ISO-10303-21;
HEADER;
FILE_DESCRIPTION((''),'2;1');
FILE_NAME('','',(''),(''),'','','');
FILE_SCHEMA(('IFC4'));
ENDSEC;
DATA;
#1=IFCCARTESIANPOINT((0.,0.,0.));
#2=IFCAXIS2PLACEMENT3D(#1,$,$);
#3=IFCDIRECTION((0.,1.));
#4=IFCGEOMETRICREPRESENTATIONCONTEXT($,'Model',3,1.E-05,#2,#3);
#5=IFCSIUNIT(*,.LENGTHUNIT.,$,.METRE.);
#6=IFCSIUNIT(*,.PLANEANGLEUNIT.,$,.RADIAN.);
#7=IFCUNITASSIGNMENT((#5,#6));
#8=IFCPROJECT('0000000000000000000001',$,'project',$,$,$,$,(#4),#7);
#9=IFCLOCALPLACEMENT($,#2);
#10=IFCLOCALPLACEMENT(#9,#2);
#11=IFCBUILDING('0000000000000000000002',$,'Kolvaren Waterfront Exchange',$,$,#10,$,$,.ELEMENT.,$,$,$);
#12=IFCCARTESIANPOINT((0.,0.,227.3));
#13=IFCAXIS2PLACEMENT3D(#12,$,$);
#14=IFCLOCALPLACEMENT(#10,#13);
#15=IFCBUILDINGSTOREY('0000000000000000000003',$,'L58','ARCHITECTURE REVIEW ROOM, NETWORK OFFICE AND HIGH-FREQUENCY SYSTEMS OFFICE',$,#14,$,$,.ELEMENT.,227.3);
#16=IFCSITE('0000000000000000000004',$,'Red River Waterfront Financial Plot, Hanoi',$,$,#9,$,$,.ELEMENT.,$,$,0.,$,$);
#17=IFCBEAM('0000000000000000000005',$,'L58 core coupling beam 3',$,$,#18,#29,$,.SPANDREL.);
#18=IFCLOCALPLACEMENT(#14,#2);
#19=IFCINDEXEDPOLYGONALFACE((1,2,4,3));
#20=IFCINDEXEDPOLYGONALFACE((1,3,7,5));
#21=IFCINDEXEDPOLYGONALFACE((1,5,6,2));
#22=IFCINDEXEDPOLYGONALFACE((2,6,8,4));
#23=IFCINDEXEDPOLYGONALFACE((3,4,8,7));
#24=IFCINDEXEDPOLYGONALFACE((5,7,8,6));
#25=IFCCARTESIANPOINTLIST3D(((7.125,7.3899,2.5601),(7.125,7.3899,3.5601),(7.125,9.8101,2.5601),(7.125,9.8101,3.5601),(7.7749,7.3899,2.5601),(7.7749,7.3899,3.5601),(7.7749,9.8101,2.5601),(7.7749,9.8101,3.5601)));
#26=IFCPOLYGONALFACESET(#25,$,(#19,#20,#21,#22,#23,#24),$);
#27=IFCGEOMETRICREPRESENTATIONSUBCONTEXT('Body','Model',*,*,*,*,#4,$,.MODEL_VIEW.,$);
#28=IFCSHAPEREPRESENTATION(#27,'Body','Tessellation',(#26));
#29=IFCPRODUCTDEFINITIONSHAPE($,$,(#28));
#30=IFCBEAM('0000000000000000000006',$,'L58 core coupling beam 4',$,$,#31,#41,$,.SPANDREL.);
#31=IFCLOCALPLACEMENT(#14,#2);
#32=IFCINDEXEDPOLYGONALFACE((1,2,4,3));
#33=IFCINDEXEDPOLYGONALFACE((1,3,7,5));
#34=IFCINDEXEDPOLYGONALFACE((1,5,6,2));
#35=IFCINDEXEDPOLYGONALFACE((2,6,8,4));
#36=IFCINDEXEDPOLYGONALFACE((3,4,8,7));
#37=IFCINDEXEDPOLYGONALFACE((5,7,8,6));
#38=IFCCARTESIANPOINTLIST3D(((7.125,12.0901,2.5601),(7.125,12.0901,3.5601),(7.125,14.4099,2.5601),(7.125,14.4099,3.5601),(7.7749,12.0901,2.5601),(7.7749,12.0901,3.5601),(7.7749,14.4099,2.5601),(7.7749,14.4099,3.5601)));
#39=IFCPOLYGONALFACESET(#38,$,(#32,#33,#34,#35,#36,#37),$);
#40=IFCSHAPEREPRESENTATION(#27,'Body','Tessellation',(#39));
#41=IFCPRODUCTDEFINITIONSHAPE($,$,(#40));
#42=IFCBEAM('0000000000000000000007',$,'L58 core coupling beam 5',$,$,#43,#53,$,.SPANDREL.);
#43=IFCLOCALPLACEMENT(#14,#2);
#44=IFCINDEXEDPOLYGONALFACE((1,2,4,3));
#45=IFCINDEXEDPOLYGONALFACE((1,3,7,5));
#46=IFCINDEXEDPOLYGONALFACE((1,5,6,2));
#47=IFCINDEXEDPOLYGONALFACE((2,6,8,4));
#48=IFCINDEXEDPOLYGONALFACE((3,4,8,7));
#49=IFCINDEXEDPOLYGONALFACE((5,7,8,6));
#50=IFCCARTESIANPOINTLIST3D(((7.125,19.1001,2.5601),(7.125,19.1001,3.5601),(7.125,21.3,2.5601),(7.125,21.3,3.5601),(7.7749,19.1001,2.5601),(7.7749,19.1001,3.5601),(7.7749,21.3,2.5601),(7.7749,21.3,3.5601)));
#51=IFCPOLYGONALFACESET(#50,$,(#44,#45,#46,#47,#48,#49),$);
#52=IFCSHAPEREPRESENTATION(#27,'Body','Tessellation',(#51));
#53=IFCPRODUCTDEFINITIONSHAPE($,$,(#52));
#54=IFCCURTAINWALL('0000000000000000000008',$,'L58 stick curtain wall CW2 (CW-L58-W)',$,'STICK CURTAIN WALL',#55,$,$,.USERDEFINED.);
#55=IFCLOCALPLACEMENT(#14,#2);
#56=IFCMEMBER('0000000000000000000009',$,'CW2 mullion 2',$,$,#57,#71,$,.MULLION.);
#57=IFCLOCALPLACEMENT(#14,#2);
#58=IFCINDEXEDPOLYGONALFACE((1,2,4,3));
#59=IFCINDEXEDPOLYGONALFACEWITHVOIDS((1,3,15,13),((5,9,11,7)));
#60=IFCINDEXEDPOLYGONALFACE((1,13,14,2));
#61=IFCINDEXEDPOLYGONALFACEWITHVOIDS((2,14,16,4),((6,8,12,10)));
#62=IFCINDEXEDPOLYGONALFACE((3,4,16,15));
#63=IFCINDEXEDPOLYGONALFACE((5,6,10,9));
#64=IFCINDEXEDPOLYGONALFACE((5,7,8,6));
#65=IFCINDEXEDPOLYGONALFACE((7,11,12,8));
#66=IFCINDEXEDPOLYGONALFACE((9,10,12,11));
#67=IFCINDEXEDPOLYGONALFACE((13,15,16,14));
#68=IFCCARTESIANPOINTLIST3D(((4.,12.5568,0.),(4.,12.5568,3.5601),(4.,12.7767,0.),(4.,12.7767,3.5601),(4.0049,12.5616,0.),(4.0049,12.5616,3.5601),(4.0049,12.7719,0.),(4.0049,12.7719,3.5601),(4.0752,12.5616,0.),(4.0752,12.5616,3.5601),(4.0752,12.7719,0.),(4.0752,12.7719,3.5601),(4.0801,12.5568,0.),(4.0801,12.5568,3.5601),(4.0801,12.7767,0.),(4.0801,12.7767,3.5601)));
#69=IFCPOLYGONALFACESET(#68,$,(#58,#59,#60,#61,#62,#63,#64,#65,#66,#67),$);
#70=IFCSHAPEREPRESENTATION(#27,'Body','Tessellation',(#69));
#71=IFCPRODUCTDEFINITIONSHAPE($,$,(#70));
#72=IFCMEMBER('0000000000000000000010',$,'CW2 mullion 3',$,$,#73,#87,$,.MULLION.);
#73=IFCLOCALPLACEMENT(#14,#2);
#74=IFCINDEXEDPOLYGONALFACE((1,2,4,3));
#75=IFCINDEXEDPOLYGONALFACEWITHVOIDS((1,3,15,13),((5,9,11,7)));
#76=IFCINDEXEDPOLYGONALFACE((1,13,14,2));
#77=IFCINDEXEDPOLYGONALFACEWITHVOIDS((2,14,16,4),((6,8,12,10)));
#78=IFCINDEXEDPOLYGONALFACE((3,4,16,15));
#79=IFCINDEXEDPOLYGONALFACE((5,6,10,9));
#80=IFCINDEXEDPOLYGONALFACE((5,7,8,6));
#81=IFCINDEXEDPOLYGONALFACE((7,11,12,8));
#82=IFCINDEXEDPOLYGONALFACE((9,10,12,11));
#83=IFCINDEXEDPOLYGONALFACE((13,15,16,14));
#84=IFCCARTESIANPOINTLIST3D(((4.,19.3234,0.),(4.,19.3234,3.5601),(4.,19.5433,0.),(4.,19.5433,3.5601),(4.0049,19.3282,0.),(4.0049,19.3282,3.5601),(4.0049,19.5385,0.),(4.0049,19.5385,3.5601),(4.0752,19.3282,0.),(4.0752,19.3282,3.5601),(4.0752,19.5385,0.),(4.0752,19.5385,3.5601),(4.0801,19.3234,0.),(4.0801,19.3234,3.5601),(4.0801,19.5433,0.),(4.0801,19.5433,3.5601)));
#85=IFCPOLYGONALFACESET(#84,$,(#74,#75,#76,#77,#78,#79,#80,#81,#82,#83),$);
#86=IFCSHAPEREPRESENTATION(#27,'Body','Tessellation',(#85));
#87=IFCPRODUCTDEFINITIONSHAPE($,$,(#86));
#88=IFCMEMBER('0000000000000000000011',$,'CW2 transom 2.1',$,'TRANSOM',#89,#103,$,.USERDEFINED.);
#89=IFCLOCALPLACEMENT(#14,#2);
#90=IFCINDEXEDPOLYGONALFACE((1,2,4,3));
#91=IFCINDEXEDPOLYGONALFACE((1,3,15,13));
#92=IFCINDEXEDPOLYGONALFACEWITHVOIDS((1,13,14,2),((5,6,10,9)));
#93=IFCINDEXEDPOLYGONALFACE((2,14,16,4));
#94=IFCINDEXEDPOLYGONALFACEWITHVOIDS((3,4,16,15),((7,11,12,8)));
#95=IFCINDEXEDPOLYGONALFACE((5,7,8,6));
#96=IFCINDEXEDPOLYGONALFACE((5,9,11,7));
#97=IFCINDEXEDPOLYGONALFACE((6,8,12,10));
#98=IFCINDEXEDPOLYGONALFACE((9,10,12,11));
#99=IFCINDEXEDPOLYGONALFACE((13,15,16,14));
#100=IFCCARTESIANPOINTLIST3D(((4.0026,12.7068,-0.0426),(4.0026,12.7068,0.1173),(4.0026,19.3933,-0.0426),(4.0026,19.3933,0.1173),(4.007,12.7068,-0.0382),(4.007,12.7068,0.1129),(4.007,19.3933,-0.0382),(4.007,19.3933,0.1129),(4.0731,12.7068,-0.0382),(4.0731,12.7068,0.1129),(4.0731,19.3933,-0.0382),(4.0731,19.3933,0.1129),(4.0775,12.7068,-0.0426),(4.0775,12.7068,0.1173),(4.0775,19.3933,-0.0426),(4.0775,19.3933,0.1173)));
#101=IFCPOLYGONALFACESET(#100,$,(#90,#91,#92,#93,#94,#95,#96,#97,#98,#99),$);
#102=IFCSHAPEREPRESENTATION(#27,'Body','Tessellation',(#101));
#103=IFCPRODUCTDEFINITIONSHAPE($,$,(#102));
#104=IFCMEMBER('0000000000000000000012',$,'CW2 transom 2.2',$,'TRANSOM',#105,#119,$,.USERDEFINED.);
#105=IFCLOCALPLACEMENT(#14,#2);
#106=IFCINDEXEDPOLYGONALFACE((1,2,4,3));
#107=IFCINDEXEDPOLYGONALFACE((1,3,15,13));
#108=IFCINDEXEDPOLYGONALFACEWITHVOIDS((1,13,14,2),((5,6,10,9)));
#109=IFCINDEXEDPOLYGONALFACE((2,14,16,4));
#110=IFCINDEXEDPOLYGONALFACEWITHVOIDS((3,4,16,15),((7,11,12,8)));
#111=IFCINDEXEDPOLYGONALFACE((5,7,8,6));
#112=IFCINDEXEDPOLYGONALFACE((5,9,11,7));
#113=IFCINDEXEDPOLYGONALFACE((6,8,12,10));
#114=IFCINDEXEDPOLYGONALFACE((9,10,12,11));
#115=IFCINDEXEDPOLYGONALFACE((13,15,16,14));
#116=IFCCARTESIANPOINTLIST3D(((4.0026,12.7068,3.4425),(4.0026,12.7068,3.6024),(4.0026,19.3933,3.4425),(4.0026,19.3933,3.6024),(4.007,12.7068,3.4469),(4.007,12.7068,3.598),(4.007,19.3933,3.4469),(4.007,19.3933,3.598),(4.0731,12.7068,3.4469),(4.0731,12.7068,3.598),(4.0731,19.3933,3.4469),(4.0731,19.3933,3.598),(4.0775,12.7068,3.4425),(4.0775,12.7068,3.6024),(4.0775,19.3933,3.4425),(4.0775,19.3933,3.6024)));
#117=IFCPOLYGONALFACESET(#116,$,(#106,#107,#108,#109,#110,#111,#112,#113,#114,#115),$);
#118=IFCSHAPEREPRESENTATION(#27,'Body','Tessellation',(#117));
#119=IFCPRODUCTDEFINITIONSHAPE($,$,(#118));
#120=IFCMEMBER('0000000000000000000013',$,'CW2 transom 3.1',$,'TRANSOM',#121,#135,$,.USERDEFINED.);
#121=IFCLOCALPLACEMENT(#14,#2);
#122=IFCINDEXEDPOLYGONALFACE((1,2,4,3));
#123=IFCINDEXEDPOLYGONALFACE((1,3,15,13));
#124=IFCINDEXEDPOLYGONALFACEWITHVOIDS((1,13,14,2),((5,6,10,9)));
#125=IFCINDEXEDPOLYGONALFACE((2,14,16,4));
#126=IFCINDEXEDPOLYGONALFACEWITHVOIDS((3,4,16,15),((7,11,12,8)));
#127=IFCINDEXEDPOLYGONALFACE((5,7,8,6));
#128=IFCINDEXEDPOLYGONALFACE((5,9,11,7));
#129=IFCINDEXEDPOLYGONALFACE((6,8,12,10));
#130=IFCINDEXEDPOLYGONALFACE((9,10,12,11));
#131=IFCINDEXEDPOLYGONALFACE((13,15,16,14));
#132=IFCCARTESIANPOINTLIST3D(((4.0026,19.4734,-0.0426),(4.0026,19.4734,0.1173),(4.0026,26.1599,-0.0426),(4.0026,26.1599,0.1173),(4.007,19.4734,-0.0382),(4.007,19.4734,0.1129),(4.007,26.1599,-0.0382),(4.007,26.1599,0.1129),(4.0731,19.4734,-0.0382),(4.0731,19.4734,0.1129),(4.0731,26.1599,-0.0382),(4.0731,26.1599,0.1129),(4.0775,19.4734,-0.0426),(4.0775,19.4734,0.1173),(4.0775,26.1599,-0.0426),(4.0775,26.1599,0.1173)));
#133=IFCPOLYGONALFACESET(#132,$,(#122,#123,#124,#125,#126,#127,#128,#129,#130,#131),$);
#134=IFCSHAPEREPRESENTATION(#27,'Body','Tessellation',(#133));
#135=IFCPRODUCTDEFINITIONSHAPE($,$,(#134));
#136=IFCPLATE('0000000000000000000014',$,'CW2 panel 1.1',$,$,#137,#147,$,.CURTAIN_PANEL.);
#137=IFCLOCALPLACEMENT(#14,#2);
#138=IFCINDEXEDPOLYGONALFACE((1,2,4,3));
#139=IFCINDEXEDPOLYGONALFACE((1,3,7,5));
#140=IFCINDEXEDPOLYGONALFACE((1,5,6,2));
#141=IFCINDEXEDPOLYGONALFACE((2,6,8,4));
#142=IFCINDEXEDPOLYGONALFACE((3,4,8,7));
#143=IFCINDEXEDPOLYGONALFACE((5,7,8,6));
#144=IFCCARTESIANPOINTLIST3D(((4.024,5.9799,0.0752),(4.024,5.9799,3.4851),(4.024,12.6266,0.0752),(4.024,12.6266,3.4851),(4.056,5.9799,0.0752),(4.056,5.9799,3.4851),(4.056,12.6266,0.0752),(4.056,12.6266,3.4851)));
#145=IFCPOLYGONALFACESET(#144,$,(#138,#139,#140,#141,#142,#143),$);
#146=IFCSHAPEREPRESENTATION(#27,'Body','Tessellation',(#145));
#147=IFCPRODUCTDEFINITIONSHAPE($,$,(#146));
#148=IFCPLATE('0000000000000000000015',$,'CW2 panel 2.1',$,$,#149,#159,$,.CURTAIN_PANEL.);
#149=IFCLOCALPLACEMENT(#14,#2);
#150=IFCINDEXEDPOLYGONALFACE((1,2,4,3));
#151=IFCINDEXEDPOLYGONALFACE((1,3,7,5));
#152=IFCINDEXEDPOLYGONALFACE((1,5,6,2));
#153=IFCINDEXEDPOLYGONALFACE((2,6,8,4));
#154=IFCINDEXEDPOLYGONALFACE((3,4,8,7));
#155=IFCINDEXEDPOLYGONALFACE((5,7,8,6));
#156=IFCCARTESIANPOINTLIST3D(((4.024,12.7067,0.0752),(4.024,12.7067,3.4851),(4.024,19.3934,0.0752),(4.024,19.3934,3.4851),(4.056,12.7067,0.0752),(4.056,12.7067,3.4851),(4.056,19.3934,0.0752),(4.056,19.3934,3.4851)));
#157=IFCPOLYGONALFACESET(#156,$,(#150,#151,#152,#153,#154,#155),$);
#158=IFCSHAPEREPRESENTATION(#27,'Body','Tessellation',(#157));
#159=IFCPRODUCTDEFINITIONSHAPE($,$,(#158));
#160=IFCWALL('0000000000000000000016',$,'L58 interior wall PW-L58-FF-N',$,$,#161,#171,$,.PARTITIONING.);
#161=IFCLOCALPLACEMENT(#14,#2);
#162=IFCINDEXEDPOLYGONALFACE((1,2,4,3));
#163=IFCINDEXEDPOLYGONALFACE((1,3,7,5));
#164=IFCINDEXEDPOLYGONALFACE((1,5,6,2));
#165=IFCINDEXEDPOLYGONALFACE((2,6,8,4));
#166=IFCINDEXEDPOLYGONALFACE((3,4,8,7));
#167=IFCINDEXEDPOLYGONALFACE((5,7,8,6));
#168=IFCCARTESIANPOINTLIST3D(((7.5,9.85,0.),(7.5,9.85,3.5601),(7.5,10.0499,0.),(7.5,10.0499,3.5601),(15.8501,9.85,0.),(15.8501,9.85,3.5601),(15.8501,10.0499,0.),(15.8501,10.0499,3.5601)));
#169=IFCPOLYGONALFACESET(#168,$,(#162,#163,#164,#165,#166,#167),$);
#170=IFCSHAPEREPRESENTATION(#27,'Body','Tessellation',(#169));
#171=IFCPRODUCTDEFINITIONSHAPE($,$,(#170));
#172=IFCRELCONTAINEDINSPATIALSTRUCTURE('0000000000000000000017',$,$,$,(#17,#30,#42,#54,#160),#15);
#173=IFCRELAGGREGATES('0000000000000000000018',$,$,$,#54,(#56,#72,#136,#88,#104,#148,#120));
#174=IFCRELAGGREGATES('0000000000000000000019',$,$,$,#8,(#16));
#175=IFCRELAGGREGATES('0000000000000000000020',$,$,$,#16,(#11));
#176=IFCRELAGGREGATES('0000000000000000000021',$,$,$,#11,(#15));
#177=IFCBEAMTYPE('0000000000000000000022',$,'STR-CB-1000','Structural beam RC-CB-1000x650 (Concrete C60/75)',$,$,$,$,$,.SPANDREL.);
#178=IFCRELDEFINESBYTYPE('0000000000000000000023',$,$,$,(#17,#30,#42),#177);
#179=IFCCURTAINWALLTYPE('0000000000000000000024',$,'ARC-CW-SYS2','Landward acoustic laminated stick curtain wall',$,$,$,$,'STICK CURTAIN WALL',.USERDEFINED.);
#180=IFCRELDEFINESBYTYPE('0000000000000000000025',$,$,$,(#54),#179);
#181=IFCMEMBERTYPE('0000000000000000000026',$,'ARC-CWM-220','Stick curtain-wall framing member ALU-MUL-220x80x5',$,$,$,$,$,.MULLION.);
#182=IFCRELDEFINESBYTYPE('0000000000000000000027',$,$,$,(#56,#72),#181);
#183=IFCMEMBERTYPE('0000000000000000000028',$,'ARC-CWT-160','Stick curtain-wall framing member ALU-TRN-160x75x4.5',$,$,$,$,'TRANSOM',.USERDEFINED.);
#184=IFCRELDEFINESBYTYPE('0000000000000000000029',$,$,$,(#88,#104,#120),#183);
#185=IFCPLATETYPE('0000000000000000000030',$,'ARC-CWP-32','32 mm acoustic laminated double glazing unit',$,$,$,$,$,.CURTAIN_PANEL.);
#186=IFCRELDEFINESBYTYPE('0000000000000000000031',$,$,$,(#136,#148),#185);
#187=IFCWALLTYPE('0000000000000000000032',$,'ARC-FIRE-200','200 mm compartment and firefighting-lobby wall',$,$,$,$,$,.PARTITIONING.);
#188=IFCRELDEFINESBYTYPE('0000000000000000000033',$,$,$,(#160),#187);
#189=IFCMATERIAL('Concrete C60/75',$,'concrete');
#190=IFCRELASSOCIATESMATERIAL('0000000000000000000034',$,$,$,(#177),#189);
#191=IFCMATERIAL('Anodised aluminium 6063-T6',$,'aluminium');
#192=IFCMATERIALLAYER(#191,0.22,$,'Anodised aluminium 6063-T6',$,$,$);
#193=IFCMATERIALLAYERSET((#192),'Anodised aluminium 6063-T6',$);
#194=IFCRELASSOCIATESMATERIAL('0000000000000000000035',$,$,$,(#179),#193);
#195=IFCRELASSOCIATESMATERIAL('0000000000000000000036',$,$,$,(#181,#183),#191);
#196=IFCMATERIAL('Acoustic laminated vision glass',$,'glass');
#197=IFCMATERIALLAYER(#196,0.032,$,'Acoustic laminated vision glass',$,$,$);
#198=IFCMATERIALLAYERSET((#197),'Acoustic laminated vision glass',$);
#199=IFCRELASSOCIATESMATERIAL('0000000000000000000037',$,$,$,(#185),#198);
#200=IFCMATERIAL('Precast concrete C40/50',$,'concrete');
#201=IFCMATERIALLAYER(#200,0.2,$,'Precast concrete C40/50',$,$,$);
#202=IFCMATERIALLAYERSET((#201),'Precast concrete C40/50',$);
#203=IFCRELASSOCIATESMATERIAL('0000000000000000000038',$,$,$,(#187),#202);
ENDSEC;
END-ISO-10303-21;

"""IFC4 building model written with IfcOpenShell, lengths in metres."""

from ifc_helpers import new_model, si_unit, direction, frame, frame_2d, origin, origin_with_axes, origin_2d, place, context, subcontext, project, spatial, rectangle, hollow_rectangle, extrude, source, transform, mapped, material, layer, layer_set, material_profile, profile_set, type_object, element, aggregate, save


model = new_model("IFC4")

# Units and contexts
model_context = context("Model", 3, precision=1e-05, world=origin(), true_north=direction((0.0, 1.0)))
body_context = subcontext(model_context, "Body", "Model", "MODEL_VIEW")
ifc_project = project(units=[si_unit("LENGTHUNIT", "METRE"), si_unit("PLANEANGLEUNIT", "RADIAN")], contexts=[model_context])

# Site, building, storey
site_placement = place(None, origin())
site = spatial("IfcSite", under=ifc_project, at=site_placement, Name="Red River Waterfront Financial Plot, Hanoi", CompositionType="ELEMENT", RefElevation=0.0)
building_placement = place(site_placement, origin())
building = spatial("IfcBuilding", under=site, at=building_placement, Name="Kolvaren Waterfront Exchange", CompositionType="ELEMENT")
storey_placement = place(building_placement, frame((0.0, 0.0, 227.3)))
storey = spatial("IfcBuildingStorey", under=building, at=storey_placement, Name="L58", Description="ARCHITECTURE REVIEW ROOM, NETWORK OFFICE AND HIGH-FREQUENCY SYSTEMS OFFICE", CompositionType="ELEMENT", Elevation=227.3)

# Beams
ifc_material_1 = material(Name="Concrete C60/75", Category="concrete")
ifc_material_profile_1 = material_profile(ifc_material_1, rectangle(XDim=0.6499, YDim=1.0, at=origin_2d()), Name="RC-CB-1000x650")
ifc_profile_set_1 = profile_set([ifc_material_profile_1], Name="Concrete C60/75")
beam_type = type_object("IfcBeamType", Name="STR-CB-1000", Description="Structural beam RC-CB-1000x650 (Concrete C60/75)", PredefinedType="SPANDREL", material=ifc_profile_set_1)
beam_1_placement = place(storey_placement, frame((7.45, 7.3899, 3.0601), z_axis=(0.0, 1.0, 0.0), x_axis=(-1.0, 0.0, 0.0)))
element("IfcBeam", 1, at=beam_1_placement, inside=storey, type_object=beam_type, Name="L58 core coupling beam 3", PredefinedType="SPANDREL", context=body_context, shape_type="SweptSolid", body=[
    extrude(rectangle(XDim=0.6499, YDim=1.0, at=origin_2d()), origin(), (0.0, 0.0, 1.0), 2.4202),
])
beam_2_placement = place(storey_placement, frame((7.45, 12.0901, 3.0601), z_axis=(0.0, 1.0, 0.0), x_axis=(-1.0, 0.0, 0.0)))
element("IfcBeam", 2, at=beam_2_placement, inside=storey, type_object=beam_type, Name="L58 core coupling beam 4", PredefinedType="SPANDREL", context=body_context, shape_type="SweptSolid", body=[
    extrude(rectangle(XDim=0.6499, YDim=1.0, at=origin_2d()), origin(), (0.0, 0.0, 1.0), 2.3198),
])
beam_3_placement = place(storey_placement, frame((7.45, 19.1001, 3.0601), z_axis=(0.0, 1.0, 0.0), x_axis=(-1.0, 0.0, 0.0)))
element("IfcBeam", 3, at=beam_3_placement, inside=storey, type_object=beam_type, Name="L58 core coupling beam 5", PredefinedType="SPANDREL", context=body_context, shape_type="SweptSolid", body=[
    extrude(rectangle(XDim=0.6499, YDim=1.0, at=origin_2d()), origin(), (0.0, 0.0, 1.0), 2.2),
])

# Curtain wall, members, plates
ifc_material_2 = material(Name="Anodised aluminium 6063-T6", Category="aluminium")
ifc_layer_1 = layer(ifc_material_2, 0.22, Name="Anodised aluminium 6063-T6")
ifc_layer_set_1 = layer_set([ifc_layer_1], Name="Anodised aluminium 6063-T6")
curtain_wall_type = type_object("IfcCurtainWallType", Name="ARC-CW-SYS2", Description="Landward acoustic laminated stick curtain wall", ElementType="STICK CURTAIN WALL", PredefinedType="USERDEFINED", material=ifc_layer_set_1)
curtain_wall_placement = place(storey_placement, origin())
curtain_wall = element("IfcCurtainWall", 4, at=curtain_wall_placement, inside=storey, type_object=curtain_wall_type, Name="L58 stick curtain wall CW2 (CW-L58-W)", ObjectType="STICK CURTAIN WALL", PredefinedType="USERDEFINED")
ifc_material_profile_2 = material_profile(ifc_material_2, hollow_rectangle(XDim=0.0801, YDim=0.22, WallThickness=0.0049, at=origin_2d()), Name="ALU-MUL-220x80x5")
ifc_profile_set_2 = profile_set([ifc_material_profile_2], Name="Anodised aluminium 6063-T6")
member_type_1 = type_object("IfcMemberType", Name="ARC-CWM-220", Description="Stick curtain-wall framing member ALU-MUL-220x80x5", PredefinedType="MULLION", material=ifc_profile_set_2)
shared_shape_1 = source(origin_with_axes(), body_context, "Body", "SweptSolid", [
    extrude(hollow_rectangle(XDim=0.0801, YDim=0.22, WallThickness=0.0049, at=origin_2d()), origin(), (0.0, 0.0, 1.0), 3.5601),
])
member_1_placement = place(storey_placement, frame((4.04, 12.6667, 0.0), z_axis=(0.0, 0.0, 1.0), x_axis=(-1.0, 0.0, 0.0)))
member_1 = element("IfcMember", 5, at=member_1_placement, type_object=member_type_1, Name="CW2 mullion 2", PredefinedType="MULLION", context=body_context, shape_type="MappedRepresentation", body=[
    mapped(shared_shape_1, transform((0.0, 0.0, 0.0), x_axis=(1.0, 0.0, 0.0), y_axis=(0.0, 1.0, 0.0), z_axis=(0.0, 0.0, 1.0), scale=1.0)),
])
member_2_placement = place(storey_placement, frame((4.04, 19.4333, 0.0), z_axis=(0.0, 0.0, 1.0), x_axis=(-1.0, 0.0, 0.0)))
member_2 = element("IfcMember", 6, at=member_2_placement, type_object=member_type_1, Name="CW2 mullion 3", PredefinedType="MULLION", context=body_context, shape_type="MappedRepresentation", body=[
    mapped(shared_shape_1, transform((0.0, 0.0, 0.0), x_axis=(1.0, 0.0, 0.0), y_axis=(0.0, 1.0, 0.0), z_axis=(0.0, 0.0, 1.0), scale=1.0)),
])
ifc_material_profile_3 = material_profile(ifc_material_2, hollow_rectangle(XDim=0.075, YDim=0.1599, WallThickness=0.0044, at=origin_2d()), Name="ALU-TRN-160x75x4.5")
ifc_profile_set_3 = profile_set([ifc_material_profile_3], Name="Anodised aluminium 6063-T6")
member_type_2 = type_object("IfcMemberType", Name="ARC-CWT-160", Description="Stick curtain-wall framing member ALU-TRN-160x75x4.5", ElementType="TRANSOM", PredefinedType="USERDEFINED", material=ifc_profile_set_3)
shared_shape_2 = source(origin_with_axes(), body_context, "Body", "SweptSolid", [
    extrude(hollow_rectangle(XDim=0.075, YDim=0.1599, WallThickness=0.0044, at=origin_2d()), origin(), (0.0, 0.0, 1.0), 6.6865),
])
member_3_placement = place(storey_placement, frame((4.04, 12.7068, 0.0374), z_axis=(0.0, 1.0, 0.0), x_axis=(-1.0, 0.0, 0.0)))
member_3 = element("IfcMember", 7, at=member_3_placement, type_object=member_type_2, Name="CW2 transom 2.1", ObjectType="TRANSOM", PredefinedType="USERDEFINED", context=body_context, shape_type="MappedRepresentation", body=[
    mapped(shared_shape_2, transform((0.0, 0.0, 0.0), x_axis=(1.0, 0.0, 0.0), y_axis=(0.0, 1.0, 0.0), z_axis=(0.0, 0.0, 1.0), scale=1.0)),
])
member_4_placement = place(storey_placement, frame((4.04, 12.7068, 3.5225), z_axis=(0.0, 1.0, 0.0), x_axis=(-1.0, 0.0, 0.0)))
member_4 = element("IfcMember", 8, at=member_4_placement, type_object=member_type_2, Name="CW2 transom 2.2", ObjectType="TRANSOM", PredefinedType="USERDEFINED", context=body_context, shape_type="MappedRepresentation", body=[
    mapped(shared_shape_2, transform((0.0, 0.0, 0.0), x_axis=(1.0, 0.0, 0.0), y_axis=(0.0, 1.0, 0.0), z_axis=(0.0, 0.0, 1.0), scale=1.0)),
])
member_5_placement = place(storey_placement, frame((4.04, 19.4734, 0.0374), z_axis=(0.0, 1.0, 0.0), x_axis=(-1.0, 0.0, 0.0)))
member_5 = element("IfcMember", 9, at=member_5_placement, type_object=member_type_2, Name="CW2 transom 3.1", ObjectType="TRANSOM", PredefinedType="USERDEFINED", context=body_context, shape_type="MappedRepresentation", body=[
    mapped(shared_shape_2, transform((0.0, 0.0, 0.0), x_axis=(1.0, 0.0, 0.0), y_axis=(0.0, 1.0, 0.0), z_axis=(0.0, 0.0, 1.0), scale=1.0)),
])
ifc_material_3 = material(Name="Acoustic laminated vision glass", Category="glass")
ifc_layer_2 = layer(ifc_material_3, 0.032, Name="Acoustic laminated vision glass")
ifc_layer_set_2 = layer_set([ifc_layer_2], Name="Acoustic laminated vision glass")
plate_type = type_object("IfcPlateType", Name="ARC-CWP-32", Description="32 mm acoustic laminated double glazing unit", PredefinedType="CURTAIN_PANEL", material=ifc_layer_set_2)
shared_shape_3 = source(origin_with_axes(), body_context, "Body", "SweptSolid", [
    extrude(rectangle(XDim=6.6467, YDim=0.032, at=origin_2d()), origin(), (0.0, 0.0, 1.0), 3.4099),
])
plate_1_placement = place(storey_placement, frame((4.04, 9.3032, 0.0752), z_axis=(0.0, 0.0, 1.0), x_axis=(0.0, 1.0, 0.0)))
plate_1 = element("IfcPlate", 10, at=plate_1_placement, type_object=plate_type, Name="CW2 panel 1.1", PredefinedType="CURTAIN_PANEL", context=body_context, shape_type="MappedRepresentation", body=[
    mapped(shared_shape_3, transform((0.0, 0.0, 0.0), x_axis=(1.0, 0.0, 0.0), y_axis=(0.0, 1.0, 0.0), z_axis=(0.0, 0.0, 1.0), scale=1.0)),
])
shared_shape_4 = source(origin_with_axes(), body_context, "Body", "SweptSolid", [
    extrude(rectangle(XDim=6.6868, YDim=0.032, at=origin_2d()), origin(), (0.0, 0.0, 1.0), 3.4099),
])
plate_2_placement = place(storey_placement, frame((4.04, 16.05, 0.0752), z_axis=(0.0, 0.0, 1.0), x_axis=(0.0, 1.0, 0.0)))
plate_2 = element("IfcPlate", 11, at=plate_2_placement, type_object=plate_type, Name="CW2 panel 2.1", PredefinedType="CURTAIN_PANEL", context=body_context, shape_type="MappedRepresentation", body=[
    mapped(shared_shape_4, transform((0.0, 0.0, 0.0), x_axis=(1.0, 0.0, 0.0), y_axis=(0.0, 1.0, 0.0), z_axis=(0.0, 0.0, 1.0), scale=1.0)),
])
aggregate(curtain_wall, [member_1, member_2, plate_1, member_3, member_4, plate_2, member_5])

# Wall
ifc_material_4 = material(Name="Precast concrete C40/50", Category="concrete")
ifc_layer_3 = layer(ifc_material_4, 0.2, Name="Precast concrete C40/50")
ifc_layer_set_3 = layer_set([ifc_layer_3], Name="Precast concrete C40/50")
wall_type_1 = type_object("IfcWallType", Name="ARC-FIRE-200", Description="200 mm compartment and firefighting-lobby wall", PredefinedType="PARTITIONING", material=ifc_layer_set_3)
wall_1_placement = place(storey_placement, frame((7.5, 9.95, 0.0), z_axis=(0.0, 0.0, 1.0), x_axis=(1.0, 0.0, 0.0)))
element("IfcWall", 12, at=wall_1_placement, inside=storey, type_object=wall_type_1, Name="L58 interior wall PW-L58-FF-N", PredefinedType="PARTITIONING", context=body_context, shape_type="SweptSolid", body=[
    extrude(rectangle(XDim=8.3501, YDim=0.2, at=frame_2d((4.175, 0.0))), origin(), (0.0, 0.0, 1.0), 3.5601),
])

save(model, "model.ifc")
